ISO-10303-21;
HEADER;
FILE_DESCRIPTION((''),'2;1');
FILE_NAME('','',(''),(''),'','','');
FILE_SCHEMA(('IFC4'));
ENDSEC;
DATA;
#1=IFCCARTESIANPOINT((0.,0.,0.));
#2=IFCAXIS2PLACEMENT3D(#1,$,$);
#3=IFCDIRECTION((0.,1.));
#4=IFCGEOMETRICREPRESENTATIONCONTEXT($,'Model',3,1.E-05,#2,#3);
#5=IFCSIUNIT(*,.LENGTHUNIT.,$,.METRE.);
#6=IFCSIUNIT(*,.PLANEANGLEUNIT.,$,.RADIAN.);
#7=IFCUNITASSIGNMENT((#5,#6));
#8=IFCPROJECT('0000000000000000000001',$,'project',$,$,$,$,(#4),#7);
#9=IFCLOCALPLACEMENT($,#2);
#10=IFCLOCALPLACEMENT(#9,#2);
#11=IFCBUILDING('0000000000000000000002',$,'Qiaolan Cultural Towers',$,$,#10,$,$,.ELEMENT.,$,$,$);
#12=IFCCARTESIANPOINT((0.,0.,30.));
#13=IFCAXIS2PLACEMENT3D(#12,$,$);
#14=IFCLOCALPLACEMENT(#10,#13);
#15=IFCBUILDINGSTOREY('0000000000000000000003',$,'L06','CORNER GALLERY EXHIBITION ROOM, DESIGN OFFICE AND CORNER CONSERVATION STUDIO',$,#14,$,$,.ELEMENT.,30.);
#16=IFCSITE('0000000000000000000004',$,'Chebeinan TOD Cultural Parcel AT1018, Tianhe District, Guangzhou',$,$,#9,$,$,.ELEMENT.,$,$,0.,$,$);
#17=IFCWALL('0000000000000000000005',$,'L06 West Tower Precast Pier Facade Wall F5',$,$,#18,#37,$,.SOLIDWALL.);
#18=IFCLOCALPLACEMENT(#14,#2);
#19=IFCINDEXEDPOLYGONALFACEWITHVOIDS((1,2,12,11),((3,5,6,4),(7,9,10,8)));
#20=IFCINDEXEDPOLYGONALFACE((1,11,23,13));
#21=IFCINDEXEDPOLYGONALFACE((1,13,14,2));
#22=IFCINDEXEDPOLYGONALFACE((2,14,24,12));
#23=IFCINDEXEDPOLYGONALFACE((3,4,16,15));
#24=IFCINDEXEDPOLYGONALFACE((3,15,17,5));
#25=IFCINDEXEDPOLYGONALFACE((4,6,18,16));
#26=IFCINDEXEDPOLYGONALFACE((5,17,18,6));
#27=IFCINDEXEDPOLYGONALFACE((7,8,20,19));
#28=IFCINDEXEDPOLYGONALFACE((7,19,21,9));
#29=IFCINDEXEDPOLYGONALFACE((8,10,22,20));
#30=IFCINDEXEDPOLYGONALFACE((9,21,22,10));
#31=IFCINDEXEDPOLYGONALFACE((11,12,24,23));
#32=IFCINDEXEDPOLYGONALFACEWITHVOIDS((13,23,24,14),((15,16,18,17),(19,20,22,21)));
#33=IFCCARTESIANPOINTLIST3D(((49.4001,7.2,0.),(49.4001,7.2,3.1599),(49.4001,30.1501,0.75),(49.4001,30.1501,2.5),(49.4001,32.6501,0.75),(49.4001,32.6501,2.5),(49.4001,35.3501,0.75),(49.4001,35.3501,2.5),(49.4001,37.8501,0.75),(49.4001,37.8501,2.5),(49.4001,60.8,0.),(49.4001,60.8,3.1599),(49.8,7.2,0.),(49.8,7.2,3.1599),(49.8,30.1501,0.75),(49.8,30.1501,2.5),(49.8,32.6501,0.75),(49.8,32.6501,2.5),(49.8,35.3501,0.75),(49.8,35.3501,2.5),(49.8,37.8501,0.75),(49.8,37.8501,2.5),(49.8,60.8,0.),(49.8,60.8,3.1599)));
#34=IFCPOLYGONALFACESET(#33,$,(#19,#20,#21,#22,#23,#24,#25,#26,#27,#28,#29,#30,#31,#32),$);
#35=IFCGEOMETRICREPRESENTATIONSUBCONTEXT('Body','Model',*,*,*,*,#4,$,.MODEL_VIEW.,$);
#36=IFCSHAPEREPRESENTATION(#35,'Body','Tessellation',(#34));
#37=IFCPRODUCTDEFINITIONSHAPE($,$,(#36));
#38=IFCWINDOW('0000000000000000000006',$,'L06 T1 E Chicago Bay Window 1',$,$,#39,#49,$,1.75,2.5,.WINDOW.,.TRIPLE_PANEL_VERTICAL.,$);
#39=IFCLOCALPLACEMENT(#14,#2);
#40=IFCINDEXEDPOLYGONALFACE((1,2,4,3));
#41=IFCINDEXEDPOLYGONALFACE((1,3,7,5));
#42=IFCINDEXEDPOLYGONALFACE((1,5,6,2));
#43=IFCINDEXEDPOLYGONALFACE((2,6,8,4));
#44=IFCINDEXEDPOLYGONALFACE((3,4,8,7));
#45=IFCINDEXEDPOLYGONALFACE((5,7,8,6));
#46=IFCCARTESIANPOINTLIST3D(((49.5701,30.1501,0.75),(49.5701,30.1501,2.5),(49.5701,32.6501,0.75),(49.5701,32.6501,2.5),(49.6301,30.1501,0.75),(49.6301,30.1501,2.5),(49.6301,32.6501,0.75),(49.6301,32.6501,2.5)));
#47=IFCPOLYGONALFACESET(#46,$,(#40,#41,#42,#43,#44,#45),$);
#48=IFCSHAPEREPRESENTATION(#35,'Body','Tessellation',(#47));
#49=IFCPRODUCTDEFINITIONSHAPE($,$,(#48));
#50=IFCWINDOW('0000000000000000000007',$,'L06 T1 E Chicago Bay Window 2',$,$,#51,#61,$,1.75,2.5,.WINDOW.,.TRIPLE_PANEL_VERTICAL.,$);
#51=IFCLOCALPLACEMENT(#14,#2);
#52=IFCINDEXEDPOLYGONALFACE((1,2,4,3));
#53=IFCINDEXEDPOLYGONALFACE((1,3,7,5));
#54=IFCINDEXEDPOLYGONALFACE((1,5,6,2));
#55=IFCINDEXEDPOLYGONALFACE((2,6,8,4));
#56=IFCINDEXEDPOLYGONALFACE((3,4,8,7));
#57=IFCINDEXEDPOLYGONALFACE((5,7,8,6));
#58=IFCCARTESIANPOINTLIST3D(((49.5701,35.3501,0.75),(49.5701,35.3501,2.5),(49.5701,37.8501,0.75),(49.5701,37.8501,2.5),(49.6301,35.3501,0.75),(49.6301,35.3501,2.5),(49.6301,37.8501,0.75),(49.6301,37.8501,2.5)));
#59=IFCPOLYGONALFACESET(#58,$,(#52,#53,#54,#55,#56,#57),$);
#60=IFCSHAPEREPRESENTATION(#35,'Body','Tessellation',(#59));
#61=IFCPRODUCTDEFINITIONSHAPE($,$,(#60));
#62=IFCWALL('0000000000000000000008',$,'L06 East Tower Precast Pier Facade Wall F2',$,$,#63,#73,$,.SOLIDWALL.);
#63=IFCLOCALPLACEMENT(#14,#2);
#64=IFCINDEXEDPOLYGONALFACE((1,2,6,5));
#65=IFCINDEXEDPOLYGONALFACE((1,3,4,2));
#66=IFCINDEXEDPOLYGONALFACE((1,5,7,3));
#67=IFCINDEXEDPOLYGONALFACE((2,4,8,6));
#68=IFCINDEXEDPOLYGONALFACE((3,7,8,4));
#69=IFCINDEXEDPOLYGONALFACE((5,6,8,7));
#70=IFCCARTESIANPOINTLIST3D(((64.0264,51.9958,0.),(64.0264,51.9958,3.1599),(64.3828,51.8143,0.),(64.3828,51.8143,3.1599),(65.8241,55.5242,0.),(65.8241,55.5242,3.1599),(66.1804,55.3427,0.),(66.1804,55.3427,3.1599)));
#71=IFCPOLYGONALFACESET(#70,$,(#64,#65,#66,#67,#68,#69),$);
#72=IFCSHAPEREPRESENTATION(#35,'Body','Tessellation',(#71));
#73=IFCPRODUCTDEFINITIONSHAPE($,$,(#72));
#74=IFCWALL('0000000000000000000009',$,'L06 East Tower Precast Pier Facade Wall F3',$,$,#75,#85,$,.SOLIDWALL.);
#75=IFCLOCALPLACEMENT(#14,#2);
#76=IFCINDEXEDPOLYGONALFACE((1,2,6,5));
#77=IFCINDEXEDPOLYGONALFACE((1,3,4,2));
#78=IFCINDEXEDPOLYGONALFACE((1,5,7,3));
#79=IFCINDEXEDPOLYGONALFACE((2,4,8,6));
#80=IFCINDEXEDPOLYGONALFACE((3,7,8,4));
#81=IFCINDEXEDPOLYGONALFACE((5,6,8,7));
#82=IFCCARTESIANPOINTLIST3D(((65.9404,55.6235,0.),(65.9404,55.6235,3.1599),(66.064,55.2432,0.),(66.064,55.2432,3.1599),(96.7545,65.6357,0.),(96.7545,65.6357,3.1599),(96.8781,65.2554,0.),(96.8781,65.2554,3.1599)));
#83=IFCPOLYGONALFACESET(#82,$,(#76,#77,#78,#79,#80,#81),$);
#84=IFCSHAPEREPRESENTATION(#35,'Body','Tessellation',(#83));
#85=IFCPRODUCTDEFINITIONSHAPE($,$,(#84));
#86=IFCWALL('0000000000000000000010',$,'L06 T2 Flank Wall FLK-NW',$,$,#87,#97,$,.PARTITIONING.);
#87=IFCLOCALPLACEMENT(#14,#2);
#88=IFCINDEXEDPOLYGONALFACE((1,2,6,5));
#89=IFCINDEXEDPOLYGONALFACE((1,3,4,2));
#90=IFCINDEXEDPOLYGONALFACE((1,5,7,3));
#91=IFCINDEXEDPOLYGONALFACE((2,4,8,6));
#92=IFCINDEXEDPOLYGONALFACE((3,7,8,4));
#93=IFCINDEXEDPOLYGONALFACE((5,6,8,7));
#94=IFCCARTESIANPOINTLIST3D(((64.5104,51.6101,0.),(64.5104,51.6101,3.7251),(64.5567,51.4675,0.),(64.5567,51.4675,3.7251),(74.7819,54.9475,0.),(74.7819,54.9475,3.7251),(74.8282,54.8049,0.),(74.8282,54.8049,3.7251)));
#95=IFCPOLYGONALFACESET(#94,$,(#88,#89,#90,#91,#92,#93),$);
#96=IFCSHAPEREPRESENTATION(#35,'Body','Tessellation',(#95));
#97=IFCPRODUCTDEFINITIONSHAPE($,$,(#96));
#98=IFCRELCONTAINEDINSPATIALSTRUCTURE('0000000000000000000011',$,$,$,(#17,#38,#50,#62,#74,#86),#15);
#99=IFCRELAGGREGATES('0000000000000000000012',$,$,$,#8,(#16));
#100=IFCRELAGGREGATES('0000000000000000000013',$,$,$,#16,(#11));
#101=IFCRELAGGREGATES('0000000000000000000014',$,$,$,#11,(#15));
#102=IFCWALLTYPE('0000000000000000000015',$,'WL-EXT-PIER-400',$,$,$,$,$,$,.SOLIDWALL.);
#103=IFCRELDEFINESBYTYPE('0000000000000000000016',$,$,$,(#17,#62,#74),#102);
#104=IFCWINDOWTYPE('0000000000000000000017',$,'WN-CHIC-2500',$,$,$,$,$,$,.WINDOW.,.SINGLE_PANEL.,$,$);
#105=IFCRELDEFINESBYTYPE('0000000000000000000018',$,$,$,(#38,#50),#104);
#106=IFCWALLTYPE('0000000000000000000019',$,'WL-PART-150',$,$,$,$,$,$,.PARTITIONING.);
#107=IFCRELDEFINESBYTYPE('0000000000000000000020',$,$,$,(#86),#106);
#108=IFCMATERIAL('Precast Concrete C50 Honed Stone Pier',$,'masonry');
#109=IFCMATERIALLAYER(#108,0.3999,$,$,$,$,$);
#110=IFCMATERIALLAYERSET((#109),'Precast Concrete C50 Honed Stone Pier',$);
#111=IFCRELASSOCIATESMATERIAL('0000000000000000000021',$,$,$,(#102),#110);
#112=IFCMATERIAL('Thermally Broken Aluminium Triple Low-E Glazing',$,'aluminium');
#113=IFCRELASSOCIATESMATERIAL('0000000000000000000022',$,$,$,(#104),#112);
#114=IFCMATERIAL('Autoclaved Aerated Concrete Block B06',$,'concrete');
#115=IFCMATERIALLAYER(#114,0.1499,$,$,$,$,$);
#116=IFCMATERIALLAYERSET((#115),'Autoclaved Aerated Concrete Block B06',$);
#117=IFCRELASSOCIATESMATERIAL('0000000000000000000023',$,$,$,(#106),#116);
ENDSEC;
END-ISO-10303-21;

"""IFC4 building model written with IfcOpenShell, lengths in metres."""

from ifc_helpers import new_model, si_unit, direction, frame, frame_2d, origin, place, context, subcontext, project, spatial, rectangle, extrude, material, layer, layer_set, type_object, element, fill, save


model = new_model("IFC4")

# Units and contexts
model_context = context("Model", 3, precision=1e-05, world=origin(), true_north=direction((0.0, 1.0)))
body_context = subcontext(model_context, "Body", "Model", "MODEL_VIEW")
ifc_project = project(units=[si_unit("LENGTHUNIT", "METRE"), si_unit("PLANEANGLEUNIT", "RADIAN")], contexts=[model_context])

# Site, building, storey
site_placement = place(None, origin())
site = spatial("IfcSite", under=ifc_project, at=site_placement, Name="Chebeinan TOD Cultural Parcel AT1018, Tianhe District, Guangzhou", CompositionType="ELEMENT", RefElevation=0.0)
building_placement = place(site_placement, origin())
building = spatial("IfcBuilding", under=site, at=building_placement, Name="Qiaolan Cultural Towers", CompositionType="ELEMENT")
storey_placement = place(building_placement, frame((0.0, 0.0, 30.0)))
storey = spatial("IfcBuildingStorey", under=building, at=storey_placement, Name="L06", Description="CORNER GALLERY EXHIBITION ROOM, DESIGN OFFICE AND CORNER CONSERVATION STUDIO", CompositionType="ELEMENT", Elevation=30.0)

# Wall, openings, windows
ifc_material_1 = material(Name="Precast Concrete C50 Honed Stone Pier", Category="masonry")
ifc_layer_1 = layer(ifc_material_1, 0.3999)
ifc_layer_set_1 = layer_set([ifc_layer_1], Name="Precast Concrete C50 Honed Stone Pier")
wall_type_1 = type_object("IfcWallType", Name="WL-EXT-PIER-400", PredefinedType="SOLIDWALL", material=ifc_layer_set_1)
wall_1_placement = place(storey_placement, frame((49.6001, 60.8, 0.0), z_axis=(0.0, 0.0, 1.0), x_axis=(0.0, -1.0, 0.0)))
wall_1 = element("IfcWall", 1, at=wall_1_placement, inside=storey, type_object=wall_type_1, Name="L06 West Tower Precast Pier Facade Wall F5", PredefinedType="SOLIDWALL", context=body_context, shape_type="SweptSolid", body=[
    extrude(rectangle(XDim=53.6001, YDim=0.3999, at=frame_2d((26.8, 0.0))), origin(), (0.0, 0.0, 1.0), 3.1599),
])
opening_1_placement = place(wall_1_placement, frame((28.1499, 0.0, 0.75)))
opening_1 = element("IfcOpeningElement", 2, at=opening_1_placement, cuts=wall_1, PredefinedType="OPENING", context=body_context, shape_type="SweptSolid", body=[
    extrude(rectangle(XDim=2.5, YDim=1.75, at=frame_2d((1.25, 0.875))), frame((0.0, 0.21, 0.0), z_axis=(0.0, -1.0, 0.0), x_axis=(1.0, 0.0, 0.0)), (0.0, 0.0, 1.0), 0.4199),
])
opening_2_placement = place(wall_1_placement, frame((22.95, 0.0, 0.75)))
opening_2 = element("IfcOpeningElement", 3, at=opening_2_placement, cuts=wall_1, PredefinedType="OPENING", context=body_context, shape_type="SweptSolid", body=[
    extrude(rectangle(XDim=2.5, YDim=1.75, at=frame_2d((1.25, 0.875))), frame((0.0, 0.21, 0.0), z_axis=(0.0, -1.0, 0.0), x_axis=(1.0, 0.0, 0.0)), (0.0, 0.0, 1.0), 0.4199),
])
ifc_material_2 = material(Name="Thermally Broken Aluminium Triple Low-E Glazing", Category="aluminium")
window_type = type_object("IfcWindowType", Name="WN-CHIC-2500", PartitioningType="SINGLE_PANEL", PredefinedType="WINDOW", material=ifc_material_2)
window_1_placement = place(opening_1_placement, origin())
window_1 = element("IfcWindow", 4, at=window_1_placement, inside=storey, type_object=window_type, Name="L06 T1 E Chicago Bay Window 1", OverallHeight=1.75, OverallWidth=2.5, PartitioningType="TRIPLE_PANEL_VERTICAL", PredefinedType="WINDOW", context=body_context, shape_type="SweptSolid", body=[
    extrude(rectangle(XDim=2.5, YDim=1.75, at=frame_2d((1.25, 0.875))), frame((0.0, 0.03, 0.0), z_axis=(0.0, -1.0, 0.0), x_axis=(1.0, 0.0, 0.0)), (0.0, 0.0, 1.0), 0.0601),
])
fill(opening_1, window_1)
window_2_placement = place(opening_2_placement, origin())
window_2 = element("IfcWindow", 5, at=window_2_placement, inside=storey, type_object=window_type, Name="L06 T1 E Chicago Bay Window 2", OverallHeight=1.75, OverallWidth=2.5, PartitioningType="TRIPLE_PANEL_VERTICAL", PredefinedType="WINDOW", context=body_context, shape_type="SweptSolid", body=[
    extrude(rectangle(XDim=2.5, YDim=1.75, at=frame_2d((1.25, 0.875))), frame((0.0, 0.03, 0.0), z_axis=(0.0, -1.0, 0.0), x_axis=(1.0, 0.0, 0.0)), (0.0, 0.0, 1.0), 0.0601),
])
fill(opening_2, window_2)

# Walls
wall_2_placement = place(storey_placement, frame((64.2046, 51.905, 0.0), z_axis=(0.0, 0.0, 1.0), x_axis=(0.453958, 0.891023, 0.0)))
element("IfcWall", 6, at=wall_2_placement, inside=storey, type_object=wall_type_1, Name="L06 East Tower Precast Pier Facade Wall F2", PredefinedType="SOLIDWALL", context=body_context, shape_type="SweptSolid", body=[
    extrude(rectangle(XDim=3.96, YDim=0.3999, at=frame_2d((1.98, 0.0))), origin(), (0.0, 0.0, 1.0), 3.1599),
])
wall_3_placement = place(storey_placement, frame((66.0022, 55.4333, 0.0), z_axis=(0.0, 0.0, 1.0), x_axis=(0.951056, 0.309019, 0.0)))
element("IfcWall", 7, at=wall_3_placement, inside=storey, type_object=wall_type_1, Name="L06 East Tower Precast Pier Facade Wall F3", PredefinedType="SOLIDWALL", context=body_context, shape_type="SweptSolid", body=[
    extrude(rectangle(XDim=32.3999, YDim=0.3999, at=frame_2d((16.2, 0.0))), origin(), (0.0, 0.0, 1.0), 3.1599),
])
ifc_material_3 = material(Name="Autoclaved Aerated Concrete Block B06", Category="concrete")
ifc_layer_2 = layer(ifc_material_3, 0.1499)
ifc_layer_set_2 = layer_set([ifc_layer_2], Name="Autoclaved Aerated Concrete Block B06")
wall_type_2 = type_object("IfcWallType", Name="WL-PART-150", PredefinedType="PARTITIONING", material=ifc_layer_set_2)
wall_4_placement = place(storey_placement, frame((64.5337, 51.5388, 0.0), z_axis=(0.0, 0.0, 1.0), x_axis=(0.951057, 0.309017, 0.0)))
element("IfcWall", 8, at=wall_4_placement, inside=storey, type_object=wall_type_2, Name="L06 T2 Flank Wall FLK-NW", PredefinedType="PARTITIONING", context=body_context, shape_type="SweptSolid", body=[
    extrude(rectangle(XDim=10.8, YDim=0.1499, at=frame_2d((5.3999, 0.0))), origin(), (0.0, 0.0, 1.0), 3.7251),
])

save(model, "model.ifc")
